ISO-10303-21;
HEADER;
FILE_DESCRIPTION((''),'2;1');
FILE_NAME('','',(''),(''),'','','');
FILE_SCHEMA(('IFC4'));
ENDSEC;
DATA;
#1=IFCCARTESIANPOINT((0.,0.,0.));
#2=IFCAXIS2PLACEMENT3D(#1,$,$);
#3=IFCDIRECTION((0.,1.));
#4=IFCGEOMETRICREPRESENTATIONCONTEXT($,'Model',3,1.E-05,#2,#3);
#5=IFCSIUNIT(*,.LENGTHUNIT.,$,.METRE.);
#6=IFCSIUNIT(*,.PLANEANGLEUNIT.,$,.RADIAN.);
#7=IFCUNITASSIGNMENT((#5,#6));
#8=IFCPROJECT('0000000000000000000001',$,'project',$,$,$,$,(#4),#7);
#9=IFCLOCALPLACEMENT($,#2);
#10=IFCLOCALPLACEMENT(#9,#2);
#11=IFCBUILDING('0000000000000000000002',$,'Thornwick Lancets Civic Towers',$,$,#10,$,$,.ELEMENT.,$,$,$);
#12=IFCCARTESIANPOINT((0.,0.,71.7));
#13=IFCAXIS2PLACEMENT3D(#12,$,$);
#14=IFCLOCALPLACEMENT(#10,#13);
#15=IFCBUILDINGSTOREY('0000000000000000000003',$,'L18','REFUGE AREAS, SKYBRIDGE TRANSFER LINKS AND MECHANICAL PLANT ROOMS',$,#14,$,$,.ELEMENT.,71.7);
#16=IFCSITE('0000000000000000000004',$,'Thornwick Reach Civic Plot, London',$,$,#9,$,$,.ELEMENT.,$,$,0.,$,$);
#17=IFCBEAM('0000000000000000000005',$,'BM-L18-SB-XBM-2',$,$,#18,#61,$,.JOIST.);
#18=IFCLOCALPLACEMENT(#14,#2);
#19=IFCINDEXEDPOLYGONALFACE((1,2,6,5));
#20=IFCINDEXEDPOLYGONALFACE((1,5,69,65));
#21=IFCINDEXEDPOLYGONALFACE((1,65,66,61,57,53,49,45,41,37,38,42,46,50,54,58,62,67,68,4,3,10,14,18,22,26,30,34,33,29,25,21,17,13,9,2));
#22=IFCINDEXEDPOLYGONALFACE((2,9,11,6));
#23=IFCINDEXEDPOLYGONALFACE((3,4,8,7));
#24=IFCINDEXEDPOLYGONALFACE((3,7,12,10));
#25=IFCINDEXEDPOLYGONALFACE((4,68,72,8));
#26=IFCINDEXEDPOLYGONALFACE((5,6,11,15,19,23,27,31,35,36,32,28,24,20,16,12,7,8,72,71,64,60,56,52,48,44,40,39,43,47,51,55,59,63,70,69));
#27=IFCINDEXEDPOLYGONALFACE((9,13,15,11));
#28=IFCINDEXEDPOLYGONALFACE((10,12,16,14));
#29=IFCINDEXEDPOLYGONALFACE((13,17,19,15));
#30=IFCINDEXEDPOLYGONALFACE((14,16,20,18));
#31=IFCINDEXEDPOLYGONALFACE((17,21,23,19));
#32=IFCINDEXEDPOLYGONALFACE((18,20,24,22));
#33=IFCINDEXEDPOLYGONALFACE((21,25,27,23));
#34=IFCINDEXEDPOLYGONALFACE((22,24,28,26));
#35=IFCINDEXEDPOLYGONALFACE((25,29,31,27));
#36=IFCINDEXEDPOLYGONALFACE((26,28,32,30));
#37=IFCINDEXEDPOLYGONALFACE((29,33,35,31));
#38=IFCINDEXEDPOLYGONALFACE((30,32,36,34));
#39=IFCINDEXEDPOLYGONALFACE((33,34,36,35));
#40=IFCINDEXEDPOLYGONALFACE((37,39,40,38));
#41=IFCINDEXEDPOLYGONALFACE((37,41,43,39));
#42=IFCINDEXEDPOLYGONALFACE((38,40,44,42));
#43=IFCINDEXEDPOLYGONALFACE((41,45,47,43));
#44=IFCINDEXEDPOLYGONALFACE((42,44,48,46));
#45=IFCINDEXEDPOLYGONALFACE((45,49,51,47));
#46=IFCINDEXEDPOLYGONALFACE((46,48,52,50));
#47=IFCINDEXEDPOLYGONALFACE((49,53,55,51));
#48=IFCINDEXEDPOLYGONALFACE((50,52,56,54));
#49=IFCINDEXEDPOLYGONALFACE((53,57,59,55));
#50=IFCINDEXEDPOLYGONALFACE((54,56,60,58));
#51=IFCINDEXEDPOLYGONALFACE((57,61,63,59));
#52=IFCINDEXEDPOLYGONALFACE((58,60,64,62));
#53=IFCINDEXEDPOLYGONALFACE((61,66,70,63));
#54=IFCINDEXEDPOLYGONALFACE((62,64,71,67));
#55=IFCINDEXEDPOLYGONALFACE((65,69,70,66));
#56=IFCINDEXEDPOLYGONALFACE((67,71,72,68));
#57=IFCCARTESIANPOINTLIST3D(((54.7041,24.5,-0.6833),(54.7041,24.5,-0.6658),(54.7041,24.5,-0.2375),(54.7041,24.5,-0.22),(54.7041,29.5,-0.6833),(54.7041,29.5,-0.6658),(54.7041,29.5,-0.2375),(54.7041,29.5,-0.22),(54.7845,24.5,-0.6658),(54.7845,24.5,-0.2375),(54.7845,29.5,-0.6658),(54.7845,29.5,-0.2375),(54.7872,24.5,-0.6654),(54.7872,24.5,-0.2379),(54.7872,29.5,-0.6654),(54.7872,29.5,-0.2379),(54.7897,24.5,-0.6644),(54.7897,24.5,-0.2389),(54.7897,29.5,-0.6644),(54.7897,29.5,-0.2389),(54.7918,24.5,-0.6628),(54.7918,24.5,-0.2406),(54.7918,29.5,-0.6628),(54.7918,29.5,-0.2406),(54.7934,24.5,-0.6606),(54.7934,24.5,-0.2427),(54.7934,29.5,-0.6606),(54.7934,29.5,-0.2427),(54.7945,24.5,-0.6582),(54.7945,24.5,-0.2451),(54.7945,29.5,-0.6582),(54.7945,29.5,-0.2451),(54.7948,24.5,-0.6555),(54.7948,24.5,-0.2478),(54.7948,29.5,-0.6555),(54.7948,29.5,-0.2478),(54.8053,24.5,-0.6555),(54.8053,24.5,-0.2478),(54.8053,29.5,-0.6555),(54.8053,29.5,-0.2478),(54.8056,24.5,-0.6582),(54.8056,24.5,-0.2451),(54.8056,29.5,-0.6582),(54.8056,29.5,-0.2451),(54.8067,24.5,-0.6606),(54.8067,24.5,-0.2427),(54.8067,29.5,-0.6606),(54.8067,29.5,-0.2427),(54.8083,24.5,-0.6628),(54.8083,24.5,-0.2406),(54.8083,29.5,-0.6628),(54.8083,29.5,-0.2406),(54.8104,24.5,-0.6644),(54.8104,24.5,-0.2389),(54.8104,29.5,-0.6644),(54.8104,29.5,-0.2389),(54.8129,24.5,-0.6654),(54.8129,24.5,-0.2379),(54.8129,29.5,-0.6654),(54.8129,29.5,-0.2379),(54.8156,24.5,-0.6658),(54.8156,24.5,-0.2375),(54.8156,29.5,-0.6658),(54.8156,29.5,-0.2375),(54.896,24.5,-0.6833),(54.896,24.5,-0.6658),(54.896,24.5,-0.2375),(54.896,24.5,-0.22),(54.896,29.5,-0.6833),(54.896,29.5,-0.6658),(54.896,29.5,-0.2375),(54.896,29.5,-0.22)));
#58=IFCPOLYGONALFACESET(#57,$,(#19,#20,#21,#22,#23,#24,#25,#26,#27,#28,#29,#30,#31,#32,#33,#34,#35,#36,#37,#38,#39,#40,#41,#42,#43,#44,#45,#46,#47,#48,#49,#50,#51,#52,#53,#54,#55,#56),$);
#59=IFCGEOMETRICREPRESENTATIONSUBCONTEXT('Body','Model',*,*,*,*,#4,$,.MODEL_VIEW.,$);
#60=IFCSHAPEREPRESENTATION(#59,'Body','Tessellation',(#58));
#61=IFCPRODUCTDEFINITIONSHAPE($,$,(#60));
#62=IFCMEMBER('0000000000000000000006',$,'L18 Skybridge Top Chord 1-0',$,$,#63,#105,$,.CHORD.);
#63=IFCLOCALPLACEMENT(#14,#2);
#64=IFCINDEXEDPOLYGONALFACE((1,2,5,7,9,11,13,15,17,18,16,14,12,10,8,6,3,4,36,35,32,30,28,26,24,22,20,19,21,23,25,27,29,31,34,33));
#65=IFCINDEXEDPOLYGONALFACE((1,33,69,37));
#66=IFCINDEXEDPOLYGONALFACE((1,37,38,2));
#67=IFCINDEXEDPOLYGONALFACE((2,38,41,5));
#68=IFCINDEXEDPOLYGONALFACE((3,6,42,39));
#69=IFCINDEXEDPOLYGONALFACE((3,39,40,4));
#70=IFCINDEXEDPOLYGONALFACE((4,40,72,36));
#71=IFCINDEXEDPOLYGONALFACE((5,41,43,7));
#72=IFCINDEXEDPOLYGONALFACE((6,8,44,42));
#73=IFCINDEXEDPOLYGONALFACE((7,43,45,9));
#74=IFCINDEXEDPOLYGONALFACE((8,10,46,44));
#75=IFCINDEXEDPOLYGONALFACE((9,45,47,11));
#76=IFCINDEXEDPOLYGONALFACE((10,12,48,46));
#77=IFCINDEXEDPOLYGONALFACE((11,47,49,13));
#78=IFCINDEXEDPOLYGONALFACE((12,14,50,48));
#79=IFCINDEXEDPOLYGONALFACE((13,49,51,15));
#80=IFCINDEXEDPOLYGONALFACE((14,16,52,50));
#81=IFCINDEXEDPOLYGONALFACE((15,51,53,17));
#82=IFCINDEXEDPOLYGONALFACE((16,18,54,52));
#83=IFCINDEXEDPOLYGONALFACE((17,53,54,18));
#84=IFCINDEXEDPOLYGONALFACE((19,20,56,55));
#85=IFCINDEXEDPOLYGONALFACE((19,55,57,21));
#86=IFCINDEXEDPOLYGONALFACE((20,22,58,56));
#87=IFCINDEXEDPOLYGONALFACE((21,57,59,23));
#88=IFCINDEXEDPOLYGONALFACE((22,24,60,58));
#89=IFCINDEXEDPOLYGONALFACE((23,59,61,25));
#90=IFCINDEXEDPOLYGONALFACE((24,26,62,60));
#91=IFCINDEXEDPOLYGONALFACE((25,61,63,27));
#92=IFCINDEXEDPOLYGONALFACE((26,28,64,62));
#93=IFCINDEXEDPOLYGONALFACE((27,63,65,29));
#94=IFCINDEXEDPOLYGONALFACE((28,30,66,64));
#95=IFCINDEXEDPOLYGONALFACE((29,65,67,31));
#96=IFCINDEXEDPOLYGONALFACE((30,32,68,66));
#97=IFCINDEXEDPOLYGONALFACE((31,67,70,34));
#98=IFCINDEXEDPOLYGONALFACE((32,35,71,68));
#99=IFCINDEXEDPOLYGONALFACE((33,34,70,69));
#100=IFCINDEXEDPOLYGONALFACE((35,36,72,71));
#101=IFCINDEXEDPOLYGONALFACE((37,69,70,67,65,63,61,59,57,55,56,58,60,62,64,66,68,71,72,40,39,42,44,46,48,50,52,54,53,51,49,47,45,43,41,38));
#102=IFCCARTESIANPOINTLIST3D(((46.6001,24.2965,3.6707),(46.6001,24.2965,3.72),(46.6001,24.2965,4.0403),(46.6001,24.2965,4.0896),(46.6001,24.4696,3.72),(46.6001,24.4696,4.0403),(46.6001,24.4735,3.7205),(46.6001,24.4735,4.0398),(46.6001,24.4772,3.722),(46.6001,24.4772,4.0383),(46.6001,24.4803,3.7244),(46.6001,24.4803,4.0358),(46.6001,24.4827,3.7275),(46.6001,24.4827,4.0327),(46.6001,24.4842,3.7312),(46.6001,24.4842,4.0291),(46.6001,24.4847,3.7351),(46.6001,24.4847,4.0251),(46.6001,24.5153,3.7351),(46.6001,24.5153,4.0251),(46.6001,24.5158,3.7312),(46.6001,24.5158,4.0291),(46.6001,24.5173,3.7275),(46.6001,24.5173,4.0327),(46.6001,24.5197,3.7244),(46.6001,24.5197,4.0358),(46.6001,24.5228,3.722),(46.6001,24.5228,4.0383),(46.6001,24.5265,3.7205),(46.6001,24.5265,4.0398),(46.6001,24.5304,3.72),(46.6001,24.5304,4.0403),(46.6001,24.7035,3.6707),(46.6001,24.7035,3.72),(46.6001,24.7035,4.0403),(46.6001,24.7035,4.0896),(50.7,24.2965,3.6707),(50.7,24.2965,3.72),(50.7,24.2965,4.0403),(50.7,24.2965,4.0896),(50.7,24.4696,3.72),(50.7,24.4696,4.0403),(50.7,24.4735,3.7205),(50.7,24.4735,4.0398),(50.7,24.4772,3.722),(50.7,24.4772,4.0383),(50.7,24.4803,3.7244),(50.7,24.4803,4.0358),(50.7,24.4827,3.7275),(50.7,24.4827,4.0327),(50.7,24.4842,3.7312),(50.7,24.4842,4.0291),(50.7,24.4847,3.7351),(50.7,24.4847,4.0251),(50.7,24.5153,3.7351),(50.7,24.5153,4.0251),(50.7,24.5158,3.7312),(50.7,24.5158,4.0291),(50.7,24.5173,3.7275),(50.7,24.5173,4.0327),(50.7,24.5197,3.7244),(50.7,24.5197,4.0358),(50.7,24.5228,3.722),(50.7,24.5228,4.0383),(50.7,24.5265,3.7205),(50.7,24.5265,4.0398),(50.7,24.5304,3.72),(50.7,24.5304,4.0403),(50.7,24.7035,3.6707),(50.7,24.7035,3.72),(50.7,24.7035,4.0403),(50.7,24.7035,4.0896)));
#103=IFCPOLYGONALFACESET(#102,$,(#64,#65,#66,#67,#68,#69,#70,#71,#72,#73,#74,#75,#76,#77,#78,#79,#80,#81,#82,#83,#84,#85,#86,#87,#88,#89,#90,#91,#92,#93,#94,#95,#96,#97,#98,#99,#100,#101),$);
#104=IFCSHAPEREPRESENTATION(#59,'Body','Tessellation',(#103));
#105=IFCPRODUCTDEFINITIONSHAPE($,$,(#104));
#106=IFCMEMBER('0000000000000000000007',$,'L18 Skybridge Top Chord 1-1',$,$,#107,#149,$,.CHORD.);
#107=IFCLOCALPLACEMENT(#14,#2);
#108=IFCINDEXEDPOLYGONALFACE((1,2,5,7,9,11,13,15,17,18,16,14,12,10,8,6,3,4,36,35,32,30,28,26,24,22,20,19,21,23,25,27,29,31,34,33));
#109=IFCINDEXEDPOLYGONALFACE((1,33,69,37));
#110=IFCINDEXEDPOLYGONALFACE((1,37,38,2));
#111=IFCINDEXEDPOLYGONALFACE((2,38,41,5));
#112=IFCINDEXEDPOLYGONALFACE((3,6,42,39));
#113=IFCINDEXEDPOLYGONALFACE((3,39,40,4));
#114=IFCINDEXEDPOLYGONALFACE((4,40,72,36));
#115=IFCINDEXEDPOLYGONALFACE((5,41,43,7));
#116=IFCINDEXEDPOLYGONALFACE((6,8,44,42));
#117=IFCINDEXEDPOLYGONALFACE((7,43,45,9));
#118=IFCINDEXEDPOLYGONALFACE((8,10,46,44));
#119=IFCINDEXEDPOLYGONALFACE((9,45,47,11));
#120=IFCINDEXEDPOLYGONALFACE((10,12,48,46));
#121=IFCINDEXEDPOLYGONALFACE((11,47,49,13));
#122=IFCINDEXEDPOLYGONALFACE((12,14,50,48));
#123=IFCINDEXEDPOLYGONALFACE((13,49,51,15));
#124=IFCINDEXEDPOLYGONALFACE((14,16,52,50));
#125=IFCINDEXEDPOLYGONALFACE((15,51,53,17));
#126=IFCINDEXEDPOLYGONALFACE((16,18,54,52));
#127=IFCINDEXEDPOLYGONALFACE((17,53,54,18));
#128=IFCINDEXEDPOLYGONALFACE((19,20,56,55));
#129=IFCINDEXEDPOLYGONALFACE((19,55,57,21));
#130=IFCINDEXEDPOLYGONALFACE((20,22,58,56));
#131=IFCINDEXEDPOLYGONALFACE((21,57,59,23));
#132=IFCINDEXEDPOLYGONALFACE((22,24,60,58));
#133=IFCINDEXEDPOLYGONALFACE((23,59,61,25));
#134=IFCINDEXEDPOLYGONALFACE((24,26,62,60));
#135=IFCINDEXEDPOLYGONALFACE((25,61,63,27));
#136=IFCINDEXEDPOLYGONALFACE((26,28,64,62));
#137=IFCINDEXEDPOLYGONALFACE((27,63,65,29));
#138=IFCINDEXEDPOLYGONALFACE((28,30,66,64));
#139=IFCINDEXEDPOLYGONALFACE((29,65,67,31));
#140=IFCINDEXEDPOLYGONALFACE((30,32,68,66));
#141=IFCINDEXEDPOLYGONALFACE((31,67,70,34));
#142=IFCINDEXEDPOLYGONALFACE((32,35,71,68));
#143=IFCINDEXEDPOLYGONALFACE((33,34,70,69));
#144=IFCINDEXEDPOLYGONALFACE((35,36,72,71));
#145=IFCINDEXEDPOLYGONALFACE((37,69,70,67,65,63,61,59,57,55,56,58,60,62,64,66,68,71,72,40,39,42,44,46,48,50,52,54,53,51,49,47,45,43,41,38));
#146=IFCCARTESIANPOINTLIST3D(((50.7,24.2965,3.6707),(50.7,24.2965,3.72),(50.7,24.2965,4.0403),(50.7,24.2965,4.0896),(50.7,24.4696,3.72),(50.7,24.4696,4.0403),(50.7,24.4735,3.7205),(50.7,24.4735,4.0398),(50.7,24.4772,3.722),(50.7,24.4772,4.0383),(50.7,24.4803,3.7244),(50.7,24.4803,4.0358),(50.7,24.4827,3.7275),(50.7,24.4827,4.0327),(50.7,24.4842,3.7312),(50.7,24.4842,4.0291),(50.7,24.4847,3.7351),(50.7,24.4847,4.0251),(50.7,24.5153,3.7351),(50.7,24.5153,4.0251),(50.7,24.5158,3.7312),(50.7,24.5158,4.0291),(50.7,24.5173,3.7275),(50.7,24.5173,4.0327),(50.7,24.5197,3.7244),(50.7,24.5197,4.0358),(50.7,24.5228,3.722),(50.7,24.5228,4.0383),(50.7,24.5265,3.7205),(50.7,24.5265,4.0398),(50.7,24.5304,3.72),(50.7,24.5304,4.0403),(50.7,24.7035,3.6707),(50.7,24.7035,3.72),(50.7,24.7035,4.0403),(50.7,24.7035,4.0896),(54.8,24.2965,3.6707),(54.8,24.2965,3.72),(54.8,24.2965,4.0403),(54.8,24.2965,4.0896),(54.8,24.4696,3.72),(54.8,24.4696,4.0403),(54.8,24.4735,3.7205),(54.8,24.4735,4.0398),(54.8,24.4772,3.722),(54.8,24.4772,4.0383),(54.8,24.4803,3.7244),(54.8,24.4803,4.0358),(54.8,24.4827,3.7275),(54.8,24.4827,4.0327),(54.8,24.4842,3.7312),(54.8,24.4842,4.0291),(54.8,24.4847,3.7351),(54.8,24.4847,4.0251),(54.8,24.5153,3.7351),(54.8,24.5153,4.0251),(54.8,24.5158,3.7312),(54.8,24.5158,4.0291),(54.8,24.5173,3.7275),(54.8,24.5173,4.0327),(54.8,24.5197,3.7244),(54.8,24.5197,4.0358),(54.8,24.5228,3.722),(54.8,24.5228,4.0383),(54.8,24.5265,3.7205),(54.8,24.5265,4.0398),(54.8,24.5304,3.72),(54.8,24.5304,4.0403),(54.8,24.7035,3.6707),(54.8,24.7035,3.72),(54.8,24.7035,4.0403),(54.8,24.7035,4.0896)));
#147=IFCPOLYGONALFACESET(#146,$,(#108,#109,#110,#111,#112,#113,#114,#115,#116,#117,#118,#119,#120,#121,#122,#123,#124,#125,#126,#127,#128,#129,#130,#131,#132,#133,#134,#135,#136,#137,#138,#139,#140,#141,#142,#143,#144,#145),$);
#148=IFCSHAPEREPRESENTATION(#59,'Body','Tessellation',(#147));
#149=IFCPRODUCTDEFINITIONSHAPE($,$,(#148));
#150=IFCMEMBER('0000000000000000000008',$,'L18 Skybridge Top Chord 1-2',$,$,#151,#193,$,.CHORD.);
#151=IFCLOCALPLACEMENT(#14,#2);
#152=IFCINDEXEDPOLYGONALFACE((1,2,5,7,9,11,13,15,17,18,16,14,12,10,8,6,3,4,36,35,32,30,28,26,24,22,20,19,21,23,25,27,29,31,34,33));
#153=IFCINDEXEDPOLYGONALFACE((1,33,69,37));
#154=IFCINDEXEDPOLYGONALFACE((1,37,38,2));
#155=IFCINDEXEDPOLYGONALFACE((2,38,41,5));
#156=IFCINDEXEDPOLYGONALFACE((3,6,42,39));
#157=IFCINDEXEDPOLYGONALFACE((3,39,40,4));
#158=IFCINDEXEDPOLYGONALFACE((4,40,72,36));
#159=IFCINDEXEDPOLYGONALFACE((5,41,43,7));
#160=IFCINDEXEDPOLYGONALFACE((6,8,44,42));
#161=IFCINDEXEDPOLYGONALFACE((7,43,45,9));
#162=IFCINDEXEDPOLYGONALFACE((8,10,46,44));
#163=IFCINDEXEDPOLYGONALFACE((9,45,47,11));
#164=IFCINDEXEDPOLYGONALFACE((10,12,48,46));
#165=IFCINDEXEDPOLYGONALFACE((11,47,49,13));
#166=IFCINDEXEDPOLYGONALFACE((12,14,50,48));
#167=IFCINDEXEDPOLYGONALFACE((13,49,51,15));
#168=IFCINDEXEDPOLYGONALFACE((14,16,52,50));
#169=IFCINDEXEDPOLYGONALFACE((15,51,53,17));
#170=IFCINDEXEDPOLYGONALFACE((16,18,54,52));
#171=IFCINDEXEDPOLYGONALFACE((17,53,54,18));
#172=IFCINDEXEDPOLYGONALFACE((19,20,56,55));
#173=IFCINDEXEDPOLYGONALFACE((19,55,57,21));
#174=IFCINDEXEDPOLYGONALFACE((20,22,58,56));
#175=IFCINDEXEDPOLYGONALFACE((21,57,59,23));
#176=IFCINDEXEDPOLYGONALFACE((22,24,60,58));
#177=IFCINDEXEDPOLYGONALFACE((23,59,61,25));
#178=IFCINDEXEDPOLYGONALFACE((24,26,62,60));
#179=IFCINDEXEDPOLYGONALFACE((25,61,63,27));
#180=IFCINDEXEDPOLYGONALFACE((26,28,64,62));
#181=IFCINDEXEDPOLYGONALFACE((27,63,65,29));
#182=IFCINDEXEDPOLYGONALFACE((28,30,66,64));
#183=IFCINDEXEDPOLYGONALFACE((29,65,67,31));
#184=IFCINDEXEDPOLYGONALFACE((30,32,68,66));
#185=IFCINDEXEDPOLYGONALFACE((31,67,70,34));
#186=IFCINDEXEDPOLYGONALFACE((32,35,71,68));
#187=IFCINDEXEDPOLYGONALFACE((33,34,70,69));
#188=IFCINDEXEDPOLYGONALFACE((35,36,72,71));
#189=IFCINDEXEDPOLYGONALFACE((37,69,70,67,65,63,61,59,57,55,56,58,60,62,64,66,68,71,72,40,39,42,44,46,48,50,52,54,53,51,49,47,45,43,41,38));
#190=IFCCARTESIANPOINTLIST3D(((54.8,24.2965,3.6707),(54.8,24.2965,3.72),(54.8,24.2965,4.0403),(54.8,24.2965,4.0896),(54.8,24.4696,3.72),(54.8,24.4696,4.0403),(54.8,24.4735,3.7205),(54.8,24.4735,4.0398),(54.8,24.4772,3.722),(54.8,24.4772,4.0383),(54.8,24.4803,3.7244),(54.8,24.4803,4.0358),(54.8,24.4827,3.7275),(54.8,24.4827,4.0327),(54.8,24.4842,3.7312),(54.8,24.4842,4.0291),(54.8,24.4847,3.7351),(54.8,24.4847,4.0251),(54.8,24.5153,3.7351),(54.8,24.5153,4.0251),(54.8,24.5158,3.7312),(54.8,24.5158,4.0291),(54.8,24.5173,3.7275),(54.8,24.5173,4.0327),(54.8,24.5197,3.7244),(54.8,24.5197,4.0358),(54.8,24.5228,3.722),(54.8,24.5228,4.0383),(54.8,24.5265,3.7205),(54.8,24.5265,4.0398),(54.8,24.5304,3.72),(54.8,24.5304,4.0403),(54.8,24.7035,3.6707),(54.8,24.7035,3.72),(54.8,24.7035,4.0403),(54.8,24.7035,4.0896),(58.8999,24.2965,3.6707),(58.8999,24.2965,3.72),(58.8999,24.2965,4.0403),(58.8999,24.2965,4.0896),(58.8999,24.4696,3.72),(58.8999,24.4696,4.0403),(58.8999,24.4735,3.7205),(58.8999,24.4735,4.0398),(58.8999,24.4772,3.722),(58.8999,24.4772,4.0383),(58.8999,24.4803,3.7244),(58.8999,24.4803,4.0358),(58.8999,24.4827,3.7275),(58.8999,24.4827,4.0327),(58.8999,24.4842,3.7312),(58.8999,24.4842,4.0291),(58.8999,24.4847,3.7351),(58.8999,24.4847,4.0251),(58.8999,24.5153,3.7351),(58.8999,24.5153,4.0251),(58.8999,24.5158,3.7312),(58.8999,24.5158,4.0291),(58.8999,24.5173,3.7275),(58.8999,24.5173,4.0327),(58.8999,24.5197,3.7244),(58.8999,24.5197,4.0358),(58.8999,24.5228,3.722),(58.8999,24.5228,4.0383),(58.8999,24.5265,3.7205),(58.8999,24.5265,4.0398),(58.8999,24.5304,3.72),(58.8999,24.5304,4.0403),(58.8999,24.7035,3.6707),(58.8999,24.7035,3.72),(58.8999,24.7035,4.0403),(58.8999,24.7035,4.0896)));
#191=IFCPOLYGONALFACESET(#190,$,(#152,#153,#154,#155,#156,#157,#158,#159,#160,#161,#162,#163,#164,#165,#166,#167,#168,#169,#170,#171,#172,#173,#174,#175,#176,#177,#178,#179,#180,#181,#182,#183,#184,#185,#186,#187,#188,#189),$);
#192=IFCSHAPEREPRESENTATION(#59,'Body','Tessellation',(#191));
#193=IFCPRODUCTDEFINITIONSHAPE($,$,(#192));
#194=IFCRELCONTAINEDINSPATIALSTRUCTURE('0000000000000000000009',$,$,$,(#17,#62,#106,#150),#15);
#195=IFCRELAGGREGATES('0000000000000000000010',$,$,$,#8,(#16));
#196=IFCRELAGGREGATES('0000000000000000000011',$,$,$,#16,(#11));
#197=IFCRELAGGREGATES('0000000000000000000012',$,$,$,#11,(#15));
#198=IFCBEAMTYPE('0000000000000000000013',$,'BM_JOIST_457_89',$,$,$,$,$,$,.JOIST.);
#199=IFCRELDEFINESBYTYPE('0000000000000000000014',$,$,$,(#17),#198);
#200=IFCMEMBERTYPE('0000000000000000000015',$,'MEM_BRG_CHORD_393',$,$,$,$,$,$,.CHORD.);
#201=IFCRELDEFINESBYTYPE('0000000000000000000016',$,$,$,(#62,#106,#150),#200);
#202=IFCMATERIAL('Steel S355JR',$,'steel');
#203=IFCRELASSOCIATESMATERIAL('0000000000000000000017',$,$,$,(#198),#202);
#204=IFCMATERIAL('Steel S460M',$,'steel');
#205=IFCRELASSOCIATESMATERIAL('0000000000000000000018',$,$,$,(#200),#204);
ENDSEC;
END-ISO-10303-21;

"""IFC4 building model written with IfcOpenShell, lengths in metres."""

from ifc_helpers import new_model, si_unit, direction, frame, origin, origin_2d, place, context, subcontext, project, spatial, i_section, extrude, material, material_profile, profile_set, type_object, element, save


model = new_model("IFC4")

# Units and contexts
model_context = context("Model", 3, precision=1e-05, world=origin(), true_north=direction((0.0, 1.0)))
body_context = subcontext(model_context, "Body", "Model", "MODEL_VIEW")
ifc_project = project(units=[si_unit("LENGTHUNIT", "METRE"), si_unit("PLANEANGLEUNIT", "RADIAN")], contexts=[model_context])

# Site, building, storey
site_placement = place(None, origin())
site = spatial("IfcSite", under=ifc_project, at=site_placement, Name="Thornwick Reach Civic Plot, London", CompositionType="ELEMENT", RefElevation=0.0)
building_placement = place(site_placement, origin())
building = spatial("IfcBuilding", under=site, at=building_placement, Name="Thornwick Lancets Civic Towers", CompositionType="ELEMENT")
storey_placement = place(building_placement, frame((0.0, 0.0, 71.7)))
storey = spatial("IfcBuildingStorey", under=building, at=storey_placement, Name="L18", Description="REFUGE AREAS, SKYBRIDGE TRANSFER LINKS AND MECHANICAL PLANT ROOMS", CompositionType="ELEMENT", Elevation=71.7)

# Beam
ifc_material_1 = material(Name="Steel S355JR", Category="steel")
ifc_material_profile_1 = material_profile(ifc_material_1, i_section(OverallWidth=0.1919, OverallDepth=0.4634, WebThickness=0.0105, FlangeThickness=0.0176, FilletRadius=0.0103, at=origin_2d()), Name="UKB 457x191x89")
ifc_profile_set_1 = profile_set([ifc_material_profile_1], Name="Steel S355JR")
beam_type_1 = type_object("IfcBeamType", Name="BM_JOIST_457_89", PredefinedType="JOIST", material=ifc_profile_set_1)
for number, where, z_axis, x_axis, name in (
    (1, (54.8, 24.5, -0.4517), (0.0, 1.0, 0.0), (-1.0, 0.0, 0.0), "BM-L18-SB-XBM-2"),
):
    element("IfcBeam", number, at=place(storey_placement, frame(where, z_axis=z_axis, x_axis=x_axis)), inside=storey, type_object=beam_type_1, Name=name, PredefinedType="JOIST", context=body_context, shape_type="SweptSolid", body=[
        extrude(i_section(OverallWidth=0.1919, OverallDepth=0.4634, WebThickness=0.0105, FlangeThickness=0.0176, FilletRadius=0.0103, at=origin_2d()), origin(), (0.0, 0.0, 1.0), 5.0),
    ])

# Members
ifc_material_2 = material(Name="Steel S460M", Category="steel")
ifc_material_profile_2 = material_profile(ifc_material_2, i_section(OverallWidth=0.407, OverallDepth=0.4189, WebThickness=0.0305, FlangeThickness=0.0493, FilletRadius=0.0151, at=origin_2d()), Name="UKC 356x406x393")
ifc_profile_set_2 = profile_set([ifc_material_profile_2], Name="Steel S460M")
member_type_1 = type_object("IfcMemberType", Name="MEM_BRG_CHORD_393", PredefinedType="CHORD", material=ifc_profile_set_2)
member_1_placement = place(storey_placement, frame((46.6001, 24.5, 3.8801), z_axis=(1.0, 0.0, 0.0), x_axis=(0.0, 1.0, 0.0)))
element("IfcMember", 2, at=member_1_placement, inside=storey, type_object=member_type_1, Name="L18 Skybridge Top Chord 1-0", PredefinedType="CHORD", context=body_context, shape_type="SweptSolid", body=[
    extrude(i_section(OverallWidth=0.407, OverallDepth=0.4189, WebThickness=0.0305, FlangeThickness=0.0493, FilletRadius=0.0151, at=origin_2d()), origin(), (0.0, 0.0, 1.0), 4.0999),
])
member_2_placement = place(storey_placement, frame((50.7, 24.5, 3.8801), z_axis=(1.0, 0.0, 0.0), x_axis=(0.0, 1.0, 0.0)))
element("IfcMember", 3, at=member_2_placement, inside=storey, type_object=member_type_1, Name="L18 Skybridge Top Chord 1-1", PredefinedType="CHORD", context=body_context, shape_type="SweptSolid", body=[
    extrude(i_section(OverallWidth=0.407, OverallDepth=0.4189, WebThickness=0.0305, FlangeThickness=0.0493, FilletRadius=0.0151, at=origin_2d()), origin(), (0.0, 0.0, 1.0), 4.1001),
])
member_3_placement = place(storey_placement, frame((54.8, 24.5, 3.8801), z_axis=(1.0, 0.0, 0.0), x_axis=(0.0, 1.0, 0.0)))
element("IfcMember", 4, at=member_3_placement, inside=storey, type_object=member_type_1, Name="L18 Skybridge Top Chord 1-2", PredefinedType="CHORD", context=body_context, shape_type="SweptSolid", body=[
    extrude(i_section(OverallWidth=0.407, OverallDepth=0.4189, WebThickness=0.0305, FlangeThickness=0.0493, FilletRadius=0.0151, at=origin_2d()), origin(), (0.0, 0.0, 1.0), 4.0999),
])

save(model, "model.ifc")
